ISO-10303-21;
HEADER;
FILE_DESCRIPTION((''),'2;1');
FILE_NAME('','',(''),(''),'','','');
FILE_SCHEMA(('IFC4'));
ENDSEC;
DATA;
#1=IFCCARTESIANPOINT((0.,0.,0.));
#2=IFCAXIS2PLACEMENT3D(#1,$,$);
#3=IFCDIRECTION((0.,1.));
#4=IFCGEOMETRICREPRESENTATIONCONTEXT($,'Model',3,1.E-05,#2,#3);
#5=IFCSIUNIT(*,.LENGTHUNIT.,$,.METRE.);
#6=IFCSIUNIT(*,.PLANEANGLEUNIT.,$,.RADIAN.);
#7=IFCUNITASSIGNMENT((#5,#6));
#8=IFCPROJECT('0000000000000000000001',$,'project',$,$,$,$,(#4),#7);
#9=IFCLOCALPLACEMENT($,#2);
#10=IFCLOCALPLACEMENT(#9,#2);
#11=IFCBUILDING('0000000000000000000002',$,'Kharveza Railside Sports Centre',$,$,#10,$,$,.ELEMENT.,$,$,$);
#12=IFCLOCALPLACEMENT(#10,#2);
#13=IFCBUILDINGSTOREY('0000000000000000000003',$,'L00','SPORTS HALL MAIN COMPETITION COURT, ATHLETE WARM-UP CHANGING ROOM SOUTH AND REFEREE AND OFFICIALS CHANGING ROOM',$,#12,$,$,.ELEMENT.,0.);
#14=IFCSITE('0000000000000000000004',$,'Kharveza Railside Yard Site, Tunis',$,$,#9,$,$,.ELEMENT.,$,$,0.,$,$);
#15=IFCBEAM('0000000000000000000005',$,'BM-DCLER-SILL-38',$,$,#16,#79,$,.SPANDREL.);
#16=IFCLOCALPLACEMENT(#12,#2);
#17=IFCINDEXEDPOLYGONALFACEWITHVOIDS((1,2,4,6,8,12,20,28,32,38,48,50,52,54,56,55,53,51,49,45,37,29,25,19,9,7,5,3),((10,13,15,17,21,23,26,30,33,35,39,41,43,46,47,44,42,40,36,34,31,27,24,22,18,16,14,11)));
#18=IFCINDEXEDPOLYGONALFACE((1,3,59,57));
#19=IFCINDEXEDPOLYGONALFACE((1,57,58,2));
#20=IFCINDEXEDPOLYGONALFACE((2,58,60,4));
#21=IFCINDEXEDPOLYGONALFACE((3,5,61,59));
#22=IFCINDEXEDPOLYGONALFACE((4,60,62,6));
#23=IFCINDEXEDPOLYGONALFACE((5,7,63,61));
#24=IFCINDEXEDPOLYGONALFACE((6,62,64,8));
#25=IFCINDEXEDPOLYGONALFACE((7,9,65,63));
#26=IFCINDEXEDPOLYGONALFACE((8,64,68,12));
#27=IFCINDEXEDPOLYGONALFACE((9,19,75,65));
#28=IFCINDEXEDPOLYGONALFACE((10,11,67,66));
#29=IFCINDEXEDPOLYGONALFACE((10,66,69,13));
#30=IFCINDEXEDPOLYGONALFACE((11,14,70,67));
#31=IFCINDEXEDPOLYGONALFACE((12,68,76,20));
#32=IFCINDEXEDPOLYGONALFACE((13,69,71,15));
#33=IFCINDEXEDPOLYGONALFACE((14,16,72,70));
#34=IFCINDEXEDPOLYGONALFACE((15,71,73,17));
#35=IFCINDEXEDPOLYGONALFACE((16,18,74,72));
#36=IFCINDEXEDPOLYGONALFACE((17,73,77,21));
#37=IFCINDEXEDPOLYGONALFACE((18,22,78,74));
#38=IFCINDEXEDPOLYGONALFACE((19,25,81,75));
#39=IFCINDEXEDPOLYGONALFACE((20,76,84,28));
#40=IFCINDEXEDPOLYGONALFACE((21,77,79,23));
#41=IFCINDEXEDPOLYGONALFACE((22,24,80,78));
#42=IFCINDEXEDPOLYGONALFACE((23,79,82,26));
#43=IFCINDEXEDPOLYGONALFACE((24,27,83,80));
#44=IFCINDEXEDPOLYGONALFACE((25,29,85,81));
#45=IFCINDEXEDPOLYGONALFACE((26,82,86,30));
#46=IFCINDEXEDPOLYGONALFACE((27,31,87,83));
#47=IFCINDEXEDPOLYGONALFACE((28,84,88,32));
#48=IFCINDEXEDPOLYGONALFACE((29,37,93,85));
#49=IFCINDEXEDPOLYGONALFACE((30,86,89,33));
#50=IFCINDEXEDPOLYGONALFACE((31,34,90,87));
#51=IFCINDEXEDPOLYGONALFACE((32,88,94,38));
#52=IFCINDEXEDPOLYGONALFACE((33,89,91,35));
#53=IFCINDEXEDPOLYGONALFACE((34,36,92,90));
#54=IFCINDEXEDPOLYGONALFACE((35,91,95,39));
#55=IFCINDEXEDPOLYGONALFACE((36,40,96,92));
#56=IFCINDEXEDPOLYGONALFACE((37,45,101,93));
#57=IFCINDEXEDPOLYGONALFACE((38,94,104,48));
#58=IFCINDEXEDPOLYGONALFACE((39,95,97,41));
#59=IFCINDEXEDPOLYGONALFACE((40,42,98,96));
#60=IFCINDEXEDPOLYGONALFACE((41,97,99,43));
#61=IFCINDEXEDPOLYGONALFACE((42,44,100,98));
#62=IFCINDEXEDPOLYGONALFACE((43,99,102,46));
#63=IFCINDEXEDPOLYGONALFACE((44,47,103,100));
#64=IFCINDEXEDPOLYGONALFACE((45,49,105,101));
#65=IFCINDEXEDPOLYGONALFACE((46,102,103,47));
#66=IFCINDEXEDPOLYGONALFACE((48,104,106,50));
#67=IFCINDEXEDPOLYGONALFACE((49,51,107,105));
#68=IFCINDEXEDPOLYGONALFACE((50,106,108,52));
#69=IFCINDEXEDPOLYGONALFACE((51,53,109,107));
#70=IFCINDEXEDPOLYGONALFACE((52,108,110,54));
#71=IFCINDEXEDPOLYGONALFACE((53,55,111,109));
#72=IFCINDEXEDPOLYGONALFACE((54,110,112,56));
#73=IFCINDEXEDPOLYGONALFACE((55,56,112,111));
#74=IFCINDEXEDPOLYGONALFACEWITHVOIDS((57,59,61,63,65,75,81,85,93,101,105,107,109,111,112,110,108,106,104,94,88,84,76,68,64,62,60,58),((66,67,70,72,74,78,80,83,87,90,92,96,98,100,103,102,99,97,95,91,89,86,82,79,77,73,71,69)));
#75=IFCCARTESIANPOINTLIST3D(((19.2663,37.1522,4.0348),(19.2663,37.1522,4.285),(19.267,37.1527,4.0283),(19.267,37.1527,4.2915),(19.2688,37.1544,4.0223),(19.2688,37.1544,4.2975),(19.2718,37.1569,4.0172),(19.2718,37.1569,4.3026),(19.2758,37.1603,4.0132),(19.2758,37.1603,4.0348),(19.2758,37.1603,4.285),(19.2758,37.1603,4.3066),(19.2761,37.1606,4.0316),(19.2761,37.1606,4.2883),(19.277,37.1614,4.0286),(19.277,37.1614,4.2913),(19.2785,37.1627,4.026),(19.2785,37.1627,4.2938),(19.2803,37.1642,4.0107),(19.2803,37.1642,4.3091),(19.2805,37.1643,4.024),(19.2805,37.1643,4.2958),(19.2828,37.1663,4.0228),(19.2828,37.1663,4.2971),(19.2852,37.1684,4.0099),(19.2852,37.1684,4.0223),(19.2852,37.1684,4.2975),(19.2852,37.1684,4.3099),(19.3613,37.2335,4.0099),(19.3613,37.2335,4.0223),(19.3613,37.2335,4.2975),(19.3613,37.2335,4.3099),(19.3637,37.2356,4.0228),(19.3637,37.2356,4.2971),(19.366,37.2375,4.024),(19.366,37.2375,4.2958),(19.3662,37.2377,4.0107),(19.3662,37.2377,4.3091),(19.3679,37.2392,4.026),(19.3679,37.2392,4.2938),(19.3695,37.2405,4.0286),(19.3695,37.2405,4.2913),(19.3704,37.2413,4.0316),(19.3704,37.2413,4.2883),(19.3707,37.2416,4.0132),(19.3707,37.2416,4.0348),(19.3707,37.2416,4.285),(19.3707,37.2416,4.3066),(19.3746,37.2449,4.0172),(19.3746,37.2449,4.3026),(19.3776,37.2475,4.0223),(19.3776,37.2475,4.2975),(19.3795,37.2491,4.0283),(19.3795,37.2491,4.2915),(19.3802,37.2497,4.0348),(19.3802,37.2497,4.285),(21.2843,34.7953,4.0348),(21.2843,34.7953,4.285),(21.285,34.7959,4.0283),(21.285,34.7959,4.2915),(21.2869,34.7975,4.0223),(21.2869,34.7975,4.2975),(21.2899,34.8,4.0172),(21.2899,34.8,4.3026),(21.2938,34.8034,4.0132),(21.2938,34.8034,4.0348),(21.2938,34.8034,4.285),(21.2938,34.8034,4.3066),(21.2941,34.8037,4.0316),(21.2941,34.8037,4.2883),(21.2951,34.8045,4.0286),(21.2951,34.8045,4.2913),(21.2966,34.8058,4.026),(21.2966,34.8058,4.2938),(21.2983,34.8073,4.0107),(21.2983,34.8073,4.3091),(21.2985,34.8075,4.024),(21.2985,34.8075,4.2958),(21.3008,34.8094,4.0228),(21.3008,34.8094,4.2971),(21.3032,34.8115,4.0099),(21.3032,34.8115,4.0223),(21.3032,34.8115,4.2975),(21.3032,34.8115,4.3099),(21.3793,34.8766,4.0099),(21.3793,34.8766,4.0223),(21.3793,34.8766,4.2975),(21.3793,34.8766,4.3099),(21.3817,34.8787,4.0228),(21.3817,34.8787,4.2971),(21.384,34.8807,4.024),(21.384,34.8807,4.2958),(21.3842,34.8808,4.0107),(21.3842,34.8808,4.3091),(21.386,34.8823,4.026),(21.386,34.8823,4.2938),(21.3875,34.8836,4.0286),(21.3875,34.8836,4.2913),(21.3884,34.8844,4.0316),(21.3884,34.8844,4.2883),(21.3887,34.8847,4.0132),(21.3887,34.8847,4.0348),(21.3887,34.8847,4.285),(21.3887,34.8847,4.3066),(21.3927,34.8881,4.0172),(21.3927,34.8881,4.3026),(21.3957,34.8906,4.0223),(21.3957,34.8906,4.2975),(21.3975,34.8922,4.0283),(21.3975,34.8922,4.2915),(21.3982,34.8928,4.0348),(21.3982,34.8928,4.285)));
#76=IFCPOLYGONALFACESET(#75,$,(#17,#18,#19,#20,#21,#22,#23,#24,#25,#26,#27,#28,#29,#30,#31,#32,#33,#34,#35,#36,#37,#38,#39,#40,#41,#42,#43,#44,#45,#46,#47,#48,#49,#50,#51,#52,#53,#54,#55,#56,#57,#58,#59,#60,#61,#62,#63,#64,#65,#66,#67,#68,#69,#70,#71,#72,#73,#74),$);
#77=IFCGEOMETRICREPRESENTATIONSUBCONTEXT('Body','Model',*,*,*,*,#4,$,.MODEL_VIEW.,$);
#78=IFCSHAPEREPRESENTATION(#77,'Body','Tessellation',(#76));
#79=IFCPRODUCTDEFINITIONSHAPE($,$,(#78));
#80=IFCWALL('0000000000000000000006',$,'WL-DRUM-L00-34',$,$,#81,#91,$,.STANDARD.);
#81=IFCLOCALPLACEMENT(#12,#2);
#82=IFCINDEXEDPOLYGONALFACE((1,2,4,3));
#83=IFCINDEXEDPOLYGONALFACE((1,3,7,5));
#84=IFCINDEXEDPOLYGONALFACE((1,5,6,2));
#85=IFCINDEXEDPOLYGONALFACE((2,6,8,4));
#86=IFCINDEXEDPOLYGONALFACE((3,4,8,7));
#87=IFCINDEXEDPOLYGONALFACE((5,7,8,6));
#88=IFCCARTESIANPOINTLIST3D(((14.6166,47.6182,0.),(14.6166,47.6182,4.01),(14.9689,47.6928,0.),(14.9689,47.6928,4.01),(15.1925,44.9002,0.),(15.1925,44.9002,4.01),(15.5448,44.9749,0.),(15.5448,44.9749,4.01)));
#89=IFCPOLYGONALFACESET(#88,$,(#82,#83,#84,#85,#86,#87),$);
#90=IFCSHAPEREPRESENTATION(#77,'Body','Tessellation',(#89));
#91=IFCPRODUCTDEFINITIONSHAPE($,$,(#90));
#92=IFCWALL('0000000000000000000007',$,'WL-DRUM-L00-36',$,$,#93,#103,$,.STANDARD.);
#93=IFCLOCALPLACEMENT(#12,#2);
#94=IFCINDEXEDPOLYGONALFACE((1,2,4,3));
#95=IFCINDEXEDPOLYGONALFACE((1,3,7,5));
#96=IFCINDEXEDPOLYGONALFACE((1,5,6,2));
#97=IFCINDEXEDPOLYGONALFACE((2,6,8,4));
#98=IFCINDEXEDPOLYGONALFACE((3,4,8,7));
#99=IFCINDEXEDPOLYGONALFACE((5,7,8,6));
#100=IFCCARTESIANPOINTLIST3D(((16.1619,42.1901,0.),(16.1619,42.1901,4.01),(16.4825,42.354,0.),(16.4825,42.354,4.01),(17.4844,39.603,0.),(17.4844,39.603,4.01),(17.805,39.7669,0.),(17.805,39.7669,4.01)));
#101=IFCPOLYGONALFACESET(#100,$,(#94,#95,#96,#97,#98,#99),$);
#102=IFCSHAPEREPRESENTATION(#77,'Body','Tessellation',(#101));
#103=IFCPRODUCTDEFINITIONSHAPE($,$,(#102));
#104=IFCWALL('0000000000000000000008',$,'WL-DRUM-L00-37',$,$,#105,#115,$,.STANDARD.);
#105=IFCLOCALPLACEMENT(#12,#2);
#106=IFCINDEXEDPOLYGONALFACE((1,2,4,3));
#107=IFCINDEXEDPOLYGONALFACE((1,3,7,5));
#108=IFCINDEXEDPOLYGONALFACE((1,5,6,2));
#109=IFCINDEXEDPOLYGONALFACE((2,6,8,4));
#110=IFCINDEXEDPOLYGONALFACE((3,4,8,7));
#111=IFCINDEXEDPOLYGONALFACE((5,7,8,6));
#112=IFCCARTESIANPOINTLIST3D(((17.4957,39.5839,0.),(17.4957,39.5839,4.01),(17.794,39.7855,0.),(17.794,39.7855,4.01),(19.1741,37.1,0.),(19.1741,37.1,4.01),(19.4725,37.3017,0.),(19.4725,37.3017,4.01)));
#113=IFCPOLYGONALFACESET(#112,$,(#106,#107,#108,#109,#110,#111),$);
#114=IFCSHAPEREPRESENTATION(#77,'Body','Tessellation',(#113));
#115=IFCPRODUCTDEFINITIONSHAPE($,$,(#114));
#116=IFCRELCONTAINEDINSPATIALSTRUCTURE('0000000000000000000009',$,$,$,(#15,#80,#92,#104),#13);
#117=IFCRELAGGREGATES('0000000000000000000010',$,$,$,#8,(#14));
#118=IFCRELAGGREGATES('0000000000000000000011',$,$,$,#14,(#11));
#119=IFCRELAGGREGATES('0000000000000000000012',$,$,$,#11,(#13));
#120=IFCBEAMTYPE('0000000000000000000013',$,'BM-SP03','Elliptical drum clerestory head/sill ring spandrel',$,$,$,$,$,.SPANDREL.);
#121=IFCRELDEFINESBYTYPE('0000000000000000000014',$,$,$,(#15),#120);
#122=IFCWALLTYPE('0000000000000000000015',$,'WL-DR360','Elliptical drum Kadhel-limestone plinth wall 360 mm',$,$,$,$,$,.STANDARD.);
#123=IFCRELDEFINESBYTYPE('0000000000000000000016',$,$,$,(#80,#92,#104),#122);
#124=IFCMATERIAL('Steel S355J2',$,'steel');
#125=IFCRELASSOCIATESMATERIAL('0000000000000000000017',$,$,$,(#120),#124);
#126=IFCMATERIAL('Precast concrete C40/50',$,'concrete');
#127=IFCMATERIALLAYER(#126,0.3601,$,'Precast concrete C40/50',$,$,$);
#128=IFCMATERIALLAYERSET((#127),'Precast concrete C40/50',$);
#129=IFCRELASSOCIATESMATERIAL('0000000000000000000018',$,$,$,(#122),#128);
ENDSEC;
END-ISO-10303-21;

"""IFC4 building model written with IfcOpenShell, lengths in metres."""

from ifc_helpers import new_model, si_unit, direction, frame, frame_2d, origin, origin_2d, place, context, subcontext, project, spatial, rectangle, hollow_rectangle, extrude, material, layer, layer_set, material_profile, profile_set, type_object, element, save


model = new_model("IFC4")

# Units and contexts
model_context = context("Model", 3, precision=1e-05, world=origin(), true_north=direction((0.0, 1.0)))
body_context = subcontext(model_context, "Body", "Model", "MODEL_VIEW")
ifc_project = project(units=[si_unit("LENGTHUNIT", "METRE"), si_unit("PLANEANGLEUNIT", "RADIAN")], contexts=[model_context])

# Site, building, storey
site_placement = place(None, origin())
site = spatial("IfcSite", under=ifc_project, at=site_placement, Name="Kharveza Railside Yard Site, Tunis", CompositionType="ELEMENT", RefElevation=0.0)
building_placement = place(site_placement, origin())
building = spatial("IfcBuilding", under=site, at=building_placement, Name="Kharveza Railside Sports Centre", CompositionType="ELEMENT")
storey_placement = place(building_placement, origin())
storey = spatial("IfcBuildingStorey", under=building, at=storey_placement, Name="L00", Description="SPORTS HALL MAIN COMPETITION COURT, ATHLETE WARM-UP CHANGING ROOM SOUTH AND REFEREE AND OFFICIALS CHANGING ROOM", CompositionType="ELEMENT", Elevation=0.0)

# Shared definitions
ifc_material_1 = material(Name="Steel S355J2", Category="steel")

# Beam
ifc_material_profile_1 = material_profile(ifc_material_1, hollow_rectangle(XDim=0.1499, YDim=0.3, WallThickness=0.0125, InnerFilletRadius=0.0125, OuterFilletRadius=0.0249, at=origin_2d()), Name="RHS 150x300x12.5")
ifc_profile_set_1 = profile_set([ifc_material_profile_1], Name="Steel S355J2")
beam_type_1 = type_object("IfcBeamType", Name="BM-SP03", Description="Elliptical drum clerestory head/sill ring spandrel", PredefinedType="SPANDREL", material=ifc_profile_set_1)
beam_1_placement = place(storey_placement, frame((19.3232, 37.2009, 4.1599), z_axis=(0.65039, -0.759601, 0.0), x_axis=(0.759601, 0.65039, 0.0)))
element("IfcBeam", 1, at=beam_1_placement, inside=storey, type_object=beam_type_1, Name="BM-DCLER-SILL-38", PredefinedType="SPANDREL", context=body_context, shape_type="SweptSolid", body=[
    extrude(hollow_rectangle(XDim=0.1499, YDim=0.3, WallThickness=0.0125, InnerFilletRadius=0.0125, OuterFilletRadius=0.0249, at=origin_2d()), origin(), (0.0, 0.0, 1.0), 3.1028),
])

# Wall
ifc_material_2 = material(Name="Precast concrete C40/50", Category="concrete")
ifc_layer = layer(ifc_material_2, 0.3601, Name="Precast concrete C40/50")
ifc_layer_set = layer_set([ifc_layer], Name="Precast concrete C40/50")
wall_type = type_object("IfcWallType", Name="WL-DR360", Description="Elliptical drum Kadhel-limestone plinth wall 360 mm", PredefinedType="STANDARD", material=ifc_layer_set)
wall_1_placement = place(storey_placement, frame((14.7927, 47.6555, 0.0), z_axis=(0.0, 0.0, 1.0), x_axis=(0.20729, -0.97828, 0.0)))
element("IfcWall", 2, at=wall_1_placement, inside=storey, type_object=wall_type, Name="WL-DRUM-L00-34", PredefinedType="STANDARD", context=body_context, shape_type="SweptSolid", body=[
    extrude(rectangle(XDim=2.7783, YDim=0.3601, at=frame_2d((1.3892, 0.0))), origin(), (0.0, 0.0, 1.0), 4.01),
])

# Walls
wall_2_placement = place(storey_placement, frame((16.3223, 42.272, 0.0), z_axis=(0.0, 0.0, 1.0), x_axis=(0.455161, -0.890409, 0.0)))
element("IfcWall", 3, at=wall_2_placement, inside=storey, type_object=wall_type, Name="WL-DRUM-L00-36", PredefinedType="STANDARD", context=body_context, shape_type="SweptSolid", body=[
    extrude(rectangle(XDim=2.9055, YDim=0.3601, at=frame_2d((1.4526, 0.0))), origin(), (0.0, 0.0, 1.0), 4.01),
])
wall_3_placement = place(storey_placement, frame((17.6448, 39.6848, 0.0), z_axis=(0.0, 0.0, 1.0), x_axis=(0.559895, -0.828563, 0.0)))
element("IfcWall", 4, at=wall_3_placement, inside=storey, type_object=wall_type, Name="WL-DRUM-L00-37", PredefinedType="STANDARD", context=body_context, shape_type="SweptSolid", body=[
    extrude(rectangle(XDim=2.9978, YDim=0.3601, at=frame_2d((1.499, 0.0))), origin(), (0.0, 0.0, 1.0), 4.01),
])

save(model, "model.ifc")
